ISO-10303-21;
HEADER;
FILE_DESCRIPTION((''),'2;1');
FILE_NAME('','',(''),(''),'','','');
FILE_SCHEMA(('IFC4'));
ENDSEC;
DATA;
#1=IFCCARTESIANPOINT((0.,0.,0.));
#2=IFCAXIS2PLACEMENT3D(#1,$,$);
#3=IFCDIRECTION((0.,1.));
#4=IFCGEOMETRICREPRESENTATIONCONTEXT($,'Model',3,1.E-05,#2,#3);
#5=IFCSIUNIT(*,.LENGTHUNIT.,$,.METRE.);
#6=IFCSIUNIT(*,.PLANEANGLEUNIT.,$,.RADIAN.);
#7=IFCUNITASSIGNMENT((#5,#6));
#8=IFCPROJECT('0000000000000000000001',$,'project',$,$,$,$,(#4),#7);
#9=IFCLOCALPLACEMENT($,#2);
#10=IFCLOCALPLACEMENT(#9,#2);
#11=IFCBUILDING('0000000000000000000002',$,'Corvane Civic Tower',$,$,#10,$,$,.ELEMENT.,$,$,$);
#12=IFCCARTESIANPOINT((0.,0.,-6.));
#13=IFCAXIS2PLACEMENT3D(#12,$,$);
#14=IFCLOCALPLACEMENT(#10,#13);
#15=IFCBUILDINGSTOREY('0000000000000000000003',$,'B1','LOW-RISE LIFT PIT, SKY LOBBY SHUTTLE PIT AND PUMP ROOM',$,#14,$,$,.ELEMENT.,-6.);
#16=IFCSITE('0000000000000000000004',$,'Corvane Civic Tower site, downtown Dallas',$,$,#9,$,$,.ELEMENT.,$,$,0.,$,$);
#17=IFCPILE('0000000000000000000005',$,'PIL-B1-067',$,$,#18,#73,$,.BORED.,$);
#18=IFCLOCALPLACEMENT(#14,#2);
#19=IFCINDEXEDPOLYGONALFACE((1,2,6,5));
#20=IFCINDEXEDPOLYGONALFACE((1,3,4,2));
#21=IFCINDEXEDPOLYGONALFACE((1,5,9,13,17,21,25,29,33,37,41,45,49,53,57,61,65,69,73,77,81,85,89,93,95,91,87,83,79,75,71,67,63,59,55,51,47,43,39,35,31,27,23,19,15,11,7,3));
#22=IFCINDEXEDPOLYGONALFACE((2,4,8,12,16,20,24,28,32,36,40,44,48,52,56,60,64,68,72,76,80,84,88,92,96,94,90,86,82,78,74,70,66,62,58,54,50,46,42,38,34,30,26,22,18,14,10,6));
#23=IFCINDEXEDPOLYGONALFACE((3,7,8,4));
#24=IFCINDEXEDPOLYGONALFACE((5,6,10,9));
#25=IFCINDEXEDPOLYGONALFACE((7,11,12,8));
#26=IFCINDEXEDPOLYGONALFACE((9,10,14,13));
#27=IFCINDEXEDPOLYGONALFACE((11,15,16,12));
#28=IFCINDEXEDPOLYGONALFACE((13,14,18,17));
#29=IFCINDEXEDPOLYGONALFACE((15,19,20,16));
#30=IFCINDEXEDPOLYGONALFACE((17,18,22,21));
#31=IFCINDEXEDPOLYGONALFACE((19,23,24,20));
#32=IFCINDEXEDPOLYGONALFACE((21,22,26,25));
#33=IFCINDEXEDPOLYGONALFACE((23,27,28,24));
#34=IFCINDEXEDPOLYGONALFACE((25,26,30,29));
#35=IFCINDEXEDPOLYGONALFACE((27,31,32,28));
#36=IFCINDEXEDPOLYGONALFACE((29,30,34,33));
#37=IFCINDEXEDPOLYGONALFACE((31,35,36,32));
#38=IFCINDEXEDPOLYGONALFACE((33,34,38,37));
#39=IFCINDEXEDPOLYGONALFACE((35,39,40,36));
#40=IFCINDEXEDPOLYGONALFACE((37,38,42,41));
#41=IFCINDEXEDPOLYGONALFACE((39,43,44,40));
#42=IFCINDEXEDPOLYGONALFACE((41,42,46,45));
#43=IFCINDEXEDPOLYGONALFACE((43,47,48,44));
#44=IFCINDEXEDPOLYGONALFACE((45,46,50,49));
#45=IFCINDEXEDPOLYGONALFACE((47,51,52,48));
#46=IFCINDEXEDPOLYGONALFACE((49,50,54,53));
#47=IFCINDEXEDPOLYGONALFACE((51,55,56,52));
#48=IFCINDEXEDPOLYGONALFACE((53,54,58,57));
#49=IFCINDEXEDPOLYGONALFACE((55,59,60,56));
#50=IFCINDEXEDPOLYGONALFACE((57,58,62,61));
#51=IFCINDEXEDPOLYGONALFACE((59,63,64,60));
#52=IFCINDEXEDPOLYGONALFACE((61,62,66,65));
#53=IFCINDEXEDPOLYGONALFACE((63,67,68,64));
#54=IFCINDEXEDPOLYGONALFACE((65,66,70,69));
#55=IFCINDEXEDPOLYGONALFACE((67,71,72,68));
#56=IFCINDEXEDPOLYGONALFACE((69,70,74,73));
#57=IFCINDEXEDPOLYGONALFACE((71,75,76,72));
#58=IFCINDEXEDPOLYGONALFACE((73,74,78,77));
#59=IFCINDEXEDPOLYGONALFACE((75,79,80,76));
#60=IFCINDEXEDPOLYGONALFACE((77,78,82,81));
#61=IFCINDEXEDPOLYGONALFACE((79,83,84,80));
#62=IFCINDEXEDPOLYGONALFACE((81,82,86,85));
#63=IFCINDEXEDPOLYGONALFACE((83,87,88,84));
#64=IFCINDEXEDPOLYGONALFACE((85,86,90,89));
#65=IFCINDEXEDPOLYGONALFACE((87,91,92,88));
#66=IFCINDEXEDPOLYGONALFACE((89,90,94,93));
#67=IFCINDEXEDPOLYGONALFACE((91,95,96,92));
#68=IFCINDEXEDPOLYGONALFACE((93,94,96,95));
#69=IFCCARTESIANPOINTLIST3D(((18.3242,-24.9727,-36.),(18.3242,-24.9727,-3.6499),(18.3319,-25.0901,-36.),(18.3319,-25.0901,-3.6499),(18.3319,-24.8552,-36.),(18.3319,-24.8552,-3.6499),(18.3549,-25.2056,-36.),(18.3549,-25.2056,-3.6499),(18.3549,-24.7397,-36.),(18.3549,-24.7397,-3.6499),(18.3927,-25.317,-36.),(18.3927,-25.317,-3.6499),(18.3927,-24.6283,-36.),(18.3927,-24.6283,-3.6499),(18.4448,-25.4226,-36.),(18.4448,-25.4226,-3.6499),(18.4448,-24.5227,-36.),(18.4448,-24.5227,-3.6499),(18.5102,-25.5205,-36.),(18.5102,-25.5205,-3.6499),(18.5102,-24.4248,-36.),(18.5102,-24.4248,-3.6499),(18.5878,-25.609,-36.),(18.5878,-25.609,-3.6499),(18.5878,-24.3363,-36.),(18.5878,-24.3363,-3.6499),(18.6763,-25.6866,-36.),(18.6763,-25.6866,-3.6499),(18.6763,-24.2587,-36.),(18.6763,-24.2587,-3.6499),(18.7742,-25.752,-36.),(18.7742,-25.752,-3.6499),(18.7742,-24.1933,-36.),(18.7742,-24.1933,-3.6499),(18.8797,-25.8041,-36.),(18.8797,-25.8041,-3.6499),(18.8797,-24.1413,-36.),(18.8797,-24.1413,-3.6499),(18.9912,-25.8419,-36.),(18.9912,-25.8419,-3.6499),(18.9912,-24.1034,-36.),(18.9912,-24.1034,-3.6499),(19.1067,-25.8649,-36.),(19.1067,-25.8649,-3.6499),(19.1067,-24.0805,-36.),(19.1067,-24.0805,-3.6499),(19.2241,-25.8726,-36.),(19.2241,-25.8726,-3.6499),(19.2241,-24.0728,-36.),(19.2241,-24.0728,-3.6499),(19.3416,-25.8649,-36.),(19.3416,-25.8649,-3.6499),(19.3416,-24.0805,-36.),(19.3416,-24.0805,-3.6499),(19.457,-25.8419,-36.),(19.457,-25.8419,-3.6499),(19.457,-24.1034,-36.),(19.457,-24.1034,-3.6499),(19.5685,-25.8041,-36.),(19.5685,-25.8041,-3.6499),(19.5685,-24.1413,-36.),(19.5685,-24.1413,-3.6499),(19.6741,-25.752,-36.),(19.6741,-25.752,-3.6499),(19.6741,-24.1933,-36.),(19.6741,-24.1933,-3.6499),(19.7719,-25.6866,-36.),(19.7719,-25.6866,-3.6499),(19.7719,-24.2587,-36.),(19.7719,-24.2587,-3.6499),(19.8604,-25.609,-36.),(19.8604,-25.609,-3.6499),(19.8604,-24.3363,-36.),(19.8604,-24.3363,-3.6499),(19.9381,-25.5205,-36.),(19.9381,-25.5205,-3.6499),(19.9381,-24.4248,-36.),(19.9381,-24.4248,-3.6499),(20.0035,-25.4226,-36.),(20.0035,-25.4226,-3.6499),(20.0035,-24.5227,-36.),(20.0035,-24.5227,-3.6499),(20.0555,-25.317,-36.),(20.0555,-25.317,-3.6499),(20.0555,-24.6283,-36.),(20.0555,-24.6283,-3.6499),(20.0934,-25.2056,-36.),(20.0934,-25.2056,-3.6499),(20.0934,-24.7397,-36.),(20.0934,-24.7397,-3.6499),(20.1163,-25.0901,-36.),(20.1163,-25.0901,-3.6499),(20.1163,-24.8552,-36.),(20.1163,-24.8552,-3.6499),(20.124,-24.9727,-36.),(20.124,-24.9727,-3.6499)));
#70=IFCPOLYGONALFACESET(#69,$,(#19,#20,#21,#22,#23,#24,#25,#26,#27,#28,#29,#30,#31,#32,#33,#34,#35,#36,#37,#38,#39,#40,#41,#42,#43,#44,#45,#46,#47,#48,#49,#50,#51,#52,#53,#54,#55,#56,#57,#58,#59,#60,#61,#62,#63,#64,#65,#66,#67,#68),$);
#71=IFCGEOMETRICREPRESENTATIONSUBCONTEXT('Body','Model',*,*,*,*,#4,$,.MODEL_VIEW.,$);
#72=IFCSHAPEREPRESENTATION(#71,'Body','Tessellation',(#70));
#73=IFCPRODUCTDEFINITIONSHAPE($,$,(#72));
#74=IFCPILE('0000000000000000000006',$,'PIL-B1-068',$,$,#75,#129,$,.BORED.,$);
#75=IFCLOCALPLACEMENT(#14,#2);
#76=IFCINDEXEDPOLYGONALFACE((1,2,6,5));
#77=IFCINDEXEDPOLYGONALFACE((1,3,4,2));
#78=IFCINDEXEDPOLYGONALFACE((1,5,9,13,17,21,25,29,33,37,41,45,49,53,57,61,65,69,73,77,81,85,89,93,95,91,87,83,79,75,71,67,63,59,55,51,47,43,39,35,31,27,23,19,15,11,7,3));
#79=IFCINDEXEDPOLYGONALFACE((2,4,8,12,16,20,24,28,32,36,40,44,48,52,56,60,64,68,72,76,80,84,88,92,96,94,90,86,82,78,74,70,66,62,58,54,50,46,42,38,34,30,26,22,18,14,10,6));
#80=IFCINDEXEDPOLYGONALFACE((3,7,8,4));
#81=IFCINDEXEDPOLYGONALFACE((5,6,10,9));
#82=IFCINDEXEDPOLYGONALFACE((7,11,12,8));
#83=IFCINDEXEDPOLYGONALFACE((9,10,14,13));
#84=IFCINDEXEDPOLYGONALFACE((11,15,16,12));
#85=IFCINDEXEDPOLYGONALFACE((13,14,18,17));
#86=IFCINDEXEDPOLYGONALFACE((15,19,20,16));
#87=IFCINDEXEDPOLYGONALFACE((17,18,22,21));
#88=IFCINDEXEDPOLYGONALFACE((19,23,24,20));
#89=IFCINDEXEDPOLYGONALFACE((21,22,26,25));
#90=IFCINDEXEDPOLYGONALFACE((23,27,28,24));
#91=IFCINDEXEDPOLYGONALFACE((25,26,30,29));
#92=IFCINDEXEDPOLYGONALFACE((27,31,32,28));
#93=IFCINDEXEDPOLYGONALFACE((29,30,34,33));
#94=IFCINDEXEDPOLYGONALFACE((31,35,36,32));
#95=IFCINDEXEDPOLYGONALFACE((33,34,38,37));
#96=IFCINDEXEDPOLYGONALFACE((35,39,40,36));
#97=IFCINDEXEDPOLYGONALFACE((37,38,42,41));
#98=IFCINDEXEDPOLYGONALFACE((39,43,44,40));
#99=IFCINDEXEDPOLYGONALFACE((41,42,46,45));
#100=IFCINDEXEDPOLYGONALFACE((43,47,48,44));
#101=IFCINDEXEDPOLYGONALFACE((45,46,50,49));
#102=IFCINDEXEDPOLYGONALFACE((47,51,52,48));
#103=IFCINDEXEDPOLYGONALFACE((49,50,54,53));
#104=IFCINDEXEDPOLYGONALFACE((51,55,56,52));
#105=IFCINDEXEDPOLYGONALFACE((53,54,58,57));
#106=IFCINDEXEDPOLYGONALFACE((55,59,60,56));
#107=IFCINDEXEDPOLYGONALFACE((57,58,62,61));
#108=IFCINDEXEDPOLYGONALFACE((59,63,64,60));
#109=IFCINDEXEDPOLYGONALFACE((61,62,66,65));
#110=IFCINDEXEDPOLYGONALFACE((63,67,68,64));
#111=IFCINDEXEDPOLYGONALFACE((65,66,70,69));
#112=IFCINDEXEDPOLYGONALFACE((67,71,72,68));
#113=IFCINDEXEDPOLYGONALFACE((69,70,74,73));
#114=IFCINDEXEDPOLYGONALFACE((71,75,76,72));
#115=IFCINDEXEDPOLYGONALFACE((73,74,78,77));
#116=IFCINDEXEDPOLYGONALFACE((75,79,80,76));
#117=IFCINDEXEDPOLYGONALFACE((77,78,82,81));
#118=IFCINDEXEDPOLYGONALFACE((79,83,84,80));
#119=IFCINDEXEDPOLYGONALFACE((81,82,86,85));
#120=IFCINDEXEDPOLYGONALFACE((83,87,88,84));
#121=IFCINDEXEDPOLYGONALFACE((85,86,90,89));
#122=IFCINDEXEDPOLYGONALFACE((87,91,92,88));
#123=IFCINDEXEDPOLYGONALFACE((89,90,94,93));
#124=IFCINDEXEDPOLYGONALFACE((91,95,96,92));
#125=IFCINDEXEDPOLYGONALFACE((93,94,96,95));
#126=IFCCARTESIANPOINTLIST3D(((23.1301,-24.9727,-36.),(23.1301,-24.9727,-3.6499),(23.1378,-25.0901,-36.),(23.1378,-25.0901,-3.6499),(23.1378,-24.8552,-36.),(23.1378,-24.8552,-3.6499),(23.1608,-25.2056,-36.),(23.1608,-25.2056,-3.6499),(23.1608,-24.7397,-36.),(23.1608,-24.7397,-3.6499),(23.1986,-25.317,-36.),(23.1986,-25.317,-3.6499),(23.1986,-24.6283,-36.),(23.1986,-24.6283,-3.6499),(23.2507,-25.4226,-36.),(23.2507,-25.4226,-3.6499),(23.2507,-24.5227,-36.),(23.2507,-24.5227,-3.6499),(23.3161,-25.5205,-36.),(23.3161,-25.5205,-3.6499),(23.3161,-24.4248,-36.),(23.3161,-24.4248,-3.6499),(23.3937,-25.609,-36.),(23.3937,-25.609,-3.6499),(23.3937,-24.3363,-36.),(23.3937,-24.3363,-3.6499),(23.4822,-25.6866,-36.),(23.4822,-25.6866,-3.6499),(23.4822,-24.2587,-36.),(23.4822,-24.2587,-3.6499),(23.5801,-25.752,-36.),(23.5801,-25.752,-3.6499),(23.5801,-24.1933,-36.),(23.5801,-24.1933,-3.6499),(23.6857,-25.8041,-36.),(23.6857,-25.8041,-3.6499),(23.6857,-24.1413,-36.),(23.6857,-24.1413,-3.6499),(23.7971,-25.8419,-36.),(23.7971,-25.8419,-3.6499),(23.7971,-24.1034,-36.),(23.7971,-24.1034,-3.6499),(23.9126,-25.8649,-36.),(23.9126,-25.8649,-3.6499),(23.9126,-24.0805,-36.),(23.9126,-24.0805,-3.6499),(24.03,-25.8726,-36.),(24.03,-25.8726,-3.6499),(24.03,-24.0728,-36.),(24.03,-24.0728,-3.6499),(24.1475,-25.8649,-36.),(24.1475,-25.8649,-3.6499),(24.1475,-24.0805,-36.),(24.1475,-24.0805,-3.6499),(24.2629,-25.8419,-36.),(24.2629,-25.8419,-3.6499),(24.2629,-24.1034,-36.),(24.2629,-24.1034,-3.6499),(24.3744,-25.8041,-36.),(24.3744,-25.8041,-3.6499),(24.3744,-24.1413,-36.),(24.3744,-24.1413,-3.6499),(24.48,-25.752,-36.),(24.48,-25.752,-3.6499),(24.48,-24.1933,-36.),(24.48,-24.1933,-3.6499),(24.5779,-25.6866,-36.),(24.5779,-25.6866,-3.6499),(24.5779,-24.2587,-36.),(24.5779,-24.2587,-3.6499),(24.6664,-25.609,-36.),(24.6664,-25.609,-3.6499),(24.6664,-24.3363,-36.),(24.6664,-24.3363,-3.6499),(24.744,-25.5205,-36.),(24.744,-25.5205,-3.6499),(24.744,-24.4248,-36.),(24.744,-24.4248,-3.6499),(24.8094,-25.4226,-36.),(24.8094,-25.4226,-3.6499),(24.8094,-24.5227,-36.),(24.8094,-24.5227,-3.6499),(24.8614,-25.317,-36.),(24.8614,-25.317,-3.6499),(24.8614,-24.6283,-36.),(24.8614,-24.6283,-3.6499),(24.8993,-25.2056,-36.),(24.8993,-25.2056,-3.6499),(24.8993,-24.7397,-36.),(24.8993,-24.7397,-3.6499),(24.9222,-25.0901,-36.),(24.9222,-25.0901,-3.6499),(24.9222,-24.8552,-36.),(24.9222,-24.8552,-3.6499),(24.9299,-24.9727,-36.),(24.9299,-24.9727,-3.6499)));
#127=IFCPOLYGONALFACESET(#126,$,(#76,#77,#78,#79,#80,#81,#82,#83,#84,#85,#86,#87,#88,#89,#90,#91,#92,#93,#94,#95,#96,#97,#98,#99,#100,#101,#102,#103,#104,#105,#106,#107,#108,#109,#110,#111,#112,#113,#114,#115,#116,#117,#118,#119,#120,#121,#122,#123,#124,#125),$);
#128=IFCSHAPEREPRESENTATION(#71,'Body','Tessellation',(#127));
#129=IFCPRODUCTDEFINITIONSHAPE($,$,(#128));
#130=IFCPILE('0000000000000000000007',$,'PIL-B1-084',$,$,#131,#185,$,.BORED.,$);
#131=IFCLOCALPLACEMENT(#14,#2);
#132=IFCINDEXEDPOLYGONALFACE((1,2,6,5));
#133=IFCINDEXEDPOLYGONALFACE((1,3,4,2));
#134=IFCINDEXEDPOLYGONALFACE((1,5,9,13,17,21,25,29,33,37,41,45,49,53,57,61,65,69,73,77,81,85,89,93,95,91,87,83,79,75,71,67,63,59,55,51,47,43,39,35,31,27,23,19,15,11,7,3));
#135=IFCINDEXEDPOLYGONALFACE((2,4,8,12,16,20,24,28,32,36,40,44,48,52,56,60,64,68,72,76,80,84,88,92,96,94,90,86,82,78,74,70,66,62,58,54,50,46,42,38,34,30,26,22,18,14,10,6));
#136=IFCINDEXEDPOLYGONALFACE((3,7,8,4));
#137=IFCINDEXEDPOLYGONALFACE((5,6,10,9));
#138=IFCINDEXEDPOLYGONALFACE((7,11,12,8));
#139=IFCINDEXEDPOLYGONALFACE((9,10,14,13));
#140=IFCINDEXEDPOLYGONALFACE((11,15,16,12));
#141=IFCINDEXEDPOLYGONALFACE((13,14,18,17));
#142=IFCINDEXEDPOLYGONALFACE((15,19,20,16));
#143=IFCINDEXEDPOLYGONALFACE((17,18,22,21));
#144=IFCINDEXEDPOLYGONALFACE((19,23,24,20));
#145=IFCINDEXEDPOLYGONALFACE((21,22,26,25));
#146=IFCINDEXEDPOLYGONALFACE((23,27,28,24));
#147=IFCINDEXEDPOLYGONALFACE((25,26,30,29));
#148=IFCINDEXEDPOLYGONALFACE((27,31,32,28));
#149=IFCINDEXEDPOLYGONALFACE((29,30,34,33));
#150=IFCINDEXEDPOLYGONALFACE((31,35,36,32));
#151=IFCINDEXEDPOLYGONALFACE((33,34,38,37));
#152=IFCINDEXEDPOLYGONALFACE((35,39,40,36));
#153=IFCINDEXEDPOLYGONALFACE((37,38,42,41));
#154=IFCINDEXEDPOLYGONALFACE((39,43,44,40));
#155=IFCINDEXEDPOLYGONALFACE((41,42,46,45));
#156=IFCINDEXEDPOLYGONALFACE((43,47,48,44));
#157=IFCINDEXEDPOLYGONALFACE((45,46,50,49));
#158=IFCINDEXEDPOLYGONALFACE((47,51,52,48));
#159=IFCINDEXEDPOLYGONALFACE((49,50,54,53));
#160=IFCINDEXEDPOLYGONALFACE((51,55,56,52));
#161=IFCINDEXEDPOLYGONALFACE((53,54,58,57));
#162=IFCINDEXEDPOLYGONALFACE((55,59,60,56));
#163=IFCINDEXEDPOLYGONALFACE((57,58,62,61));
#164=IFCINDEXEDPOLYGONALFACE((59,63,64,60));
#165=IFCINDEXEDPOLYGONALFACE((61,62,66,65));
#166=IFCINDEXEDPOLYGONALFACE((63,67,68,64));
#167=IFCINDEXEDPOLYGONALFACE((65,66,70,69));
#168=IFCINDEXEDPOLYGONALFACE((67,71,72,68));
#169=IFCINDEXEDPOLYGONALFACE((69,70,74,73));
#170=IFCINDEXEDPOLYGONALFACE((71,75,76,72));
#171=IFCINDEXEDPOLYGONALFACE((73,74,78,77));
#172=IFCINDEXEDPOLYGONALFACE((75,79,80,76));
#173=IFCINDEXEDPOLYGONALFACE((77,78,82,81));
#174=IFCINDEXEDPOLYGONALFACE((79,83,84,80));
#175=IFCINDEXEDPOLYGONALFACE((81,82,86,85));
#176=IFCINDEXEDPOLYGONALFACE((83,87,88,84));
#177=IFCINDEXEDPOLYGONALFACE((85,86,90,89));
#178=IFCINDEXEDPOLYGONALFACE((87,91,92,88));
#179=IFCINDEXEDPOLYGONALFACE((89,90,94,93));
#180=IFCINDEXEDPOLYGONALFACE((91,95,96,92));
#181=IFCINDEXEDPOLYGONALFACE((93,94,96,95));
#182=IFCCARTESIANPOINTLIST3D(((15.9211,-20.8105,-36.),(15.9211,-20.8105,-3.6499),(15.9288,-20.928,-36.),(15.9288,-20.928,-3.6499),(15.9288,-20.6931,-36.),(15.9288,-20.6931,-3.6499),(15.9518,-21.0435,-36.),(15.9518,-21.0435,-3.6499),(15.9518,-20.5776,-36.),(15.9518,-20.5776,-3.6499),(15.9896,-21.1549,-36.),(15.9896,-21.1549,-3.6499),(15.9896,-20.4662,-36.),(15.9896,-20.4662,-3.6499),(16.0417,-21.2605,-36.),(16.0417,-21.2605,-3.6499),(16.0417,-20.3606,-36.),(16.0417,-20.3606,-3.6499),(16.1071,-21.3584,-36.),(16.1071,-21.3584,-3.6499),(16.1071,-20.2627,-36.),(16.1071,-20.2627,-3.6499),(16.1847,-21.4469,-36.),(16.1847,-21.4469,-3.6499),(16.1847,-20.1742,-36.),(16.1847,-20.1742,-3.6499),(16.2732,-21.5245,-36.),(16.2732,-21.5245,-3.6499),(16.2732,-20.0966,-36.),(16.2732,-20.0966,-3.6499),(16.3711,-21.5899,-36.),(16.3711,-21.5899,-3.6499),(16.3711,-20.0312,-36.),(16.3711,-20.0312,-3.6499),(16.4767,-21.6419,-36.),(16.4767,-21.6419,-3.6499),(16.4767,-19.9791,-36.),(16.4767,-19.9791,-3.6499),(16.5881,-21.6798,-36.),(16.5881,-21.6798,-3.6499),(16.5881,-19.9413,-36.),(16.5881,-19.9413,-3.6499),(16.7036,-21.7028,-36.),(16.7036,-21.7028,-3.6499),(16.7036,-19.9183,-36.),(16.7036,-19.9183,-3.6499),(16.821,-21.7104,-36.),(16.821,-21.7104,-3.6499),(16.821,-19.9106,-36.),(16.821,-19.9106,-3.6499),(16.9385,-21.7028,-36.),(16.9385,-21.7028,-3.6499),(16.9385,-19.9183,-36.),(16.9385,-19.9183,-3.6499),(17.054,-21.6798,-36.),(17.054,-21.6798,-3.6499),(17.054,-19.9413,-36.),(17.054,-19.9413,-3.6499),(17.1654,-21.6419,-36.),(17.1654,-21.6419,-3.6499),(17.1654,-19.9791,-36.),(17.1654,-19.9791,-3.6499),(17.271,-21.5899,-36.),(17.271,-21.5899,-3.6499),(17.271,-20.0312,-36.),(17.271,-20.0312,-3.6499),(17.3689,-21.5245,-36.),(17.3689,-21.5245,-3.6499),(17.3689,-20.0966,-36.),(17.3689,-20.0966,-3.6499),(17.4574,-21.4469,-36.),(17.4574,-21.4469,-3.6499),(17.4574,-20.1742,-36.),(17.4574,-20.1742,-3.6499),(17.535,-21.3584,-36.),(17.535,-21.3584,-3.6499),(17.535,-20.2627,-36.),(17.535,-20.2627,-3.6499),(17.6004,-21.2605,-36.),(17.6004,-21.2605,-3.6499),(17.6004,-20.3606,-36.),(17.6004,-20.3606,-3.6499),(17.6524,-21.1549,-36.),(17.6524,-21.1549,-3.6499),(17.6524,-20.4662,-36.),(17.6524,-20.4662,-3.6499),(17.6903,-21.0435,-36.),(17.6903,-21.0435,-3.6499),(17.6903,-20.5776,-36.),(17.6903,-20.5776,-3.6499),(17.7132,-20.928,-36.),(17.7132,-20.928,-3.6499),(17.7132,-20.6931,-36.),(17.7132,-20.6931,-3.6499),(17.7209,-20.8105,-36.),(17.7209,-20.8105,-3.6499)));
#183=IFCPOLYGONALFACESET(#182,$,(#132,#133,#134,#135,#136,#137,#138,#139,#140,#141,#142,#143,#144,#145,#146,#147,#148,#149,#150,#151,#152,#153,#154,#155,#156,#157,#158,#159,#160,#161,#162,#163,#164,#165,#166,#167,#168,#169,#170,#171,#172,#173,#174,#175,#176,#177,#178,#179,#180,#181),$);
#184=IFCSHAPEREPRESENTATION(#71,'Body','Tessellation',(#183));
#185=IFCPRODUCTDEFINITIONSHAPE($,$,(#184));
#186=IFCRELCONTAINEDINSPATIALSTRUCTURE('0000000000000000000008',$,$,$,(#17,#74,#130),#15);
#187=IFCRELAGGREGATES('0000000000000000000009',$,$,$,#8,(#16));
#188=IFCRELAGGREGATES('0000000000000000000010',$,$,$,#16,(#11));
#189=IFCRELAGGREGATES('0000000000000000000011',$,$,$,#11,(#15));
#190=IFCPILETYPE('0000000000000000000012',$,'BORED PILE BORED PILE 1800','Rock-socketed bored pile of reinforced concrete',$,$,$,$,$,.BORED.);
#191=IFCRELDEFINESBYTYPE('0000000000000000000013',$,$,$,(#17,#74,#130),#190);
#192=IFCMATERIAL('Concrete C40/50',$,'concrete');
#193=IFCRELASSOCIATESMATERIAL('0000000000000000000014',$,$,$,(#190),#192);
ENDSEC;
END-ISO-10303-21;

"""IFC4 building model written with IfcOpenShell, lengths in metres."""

from ifc_helpers import new_model, si_unit, direction, frame, origin, origin_2d, place, context, subcontext, project, spatial, circle, extrude, material, material_profile, profile_set, type_object, element, save


model = new_model("IFC4")

# Units and contexts
model_context = context("Model", 3, precision=1e-05, world=origin(), true_north=direction((0.0, 1.0)))
body_context = subcontext(model_context, "Body", "Model", "MODEL_VIEW")
ifc_project = project(units=[si_unit("LENGTHUNIT", "METRE"), si_unit("PLANEANGLEUNIT", "RADIAN")], contexts=[model_context])

# Site, building, storey
site_placement = place(None, origin())
site = spatial("IfcSite", under=ifc_project, at=site_placement, Name="Corvane Civic Tower site, downtown Dallas", CompositionType="ELEMENT", RefElevation=0.0)
building_placement = place(site_placement, origin())
building = spatial("IfcBuilding", under=site, at=building_placement, Name="Corvane Civic Tower", CompositionType="ELEMENT")
storey_placement = place(building_placement, frame((0.0, 0.0, -6.0)))
storey = spatial("IfcBuildingStorey", under=building, at=storey_placement, Name="B1", Description="LOW-RISE LIFT PIT, SKY LOBBY SHUTTLE PIT AND PUMP ROOM", CompositionType="ELEMENT", Elevation=-6.0)

# Piles
ifc_material_1 = material(Name="Concrete C40/50", Category="concrete")
ifc_material_profile_1 = material_profile(ifc_material_1, circle(Radius=0.8999, at=origin_2d()), Name="BORED PILE 1800")
ifc_profile_set_1 = profile_set([ifc_material_profile_1], Name="Concrete C40/50")
pile_type_1 = type_object("IfcPileType", Name="BORED PILE BORED PILE 1800", Description="Rock-socketed bored pile of reinforced concrete", PredefinedType="BORED", material=ifc_profile_set_1)
for number, where, z_axis, x_axis, name in (
    (1, (19.2241, -24.9727, -3.6499), (0.0, 0.0, -1.0), (1.0, 0.0, 0.0), "PIL-B1-067"),
    (2, (24.03, -24.9727, -3.6499), (0.0, 0.0, -1.0), (1.0, 0.0, 0.0), "PIL-B1-068"),
    (3, (16.821, -20.8105, -3.6499), (0.0, 0.0, -1.0), (1.0, 0.0, 0.0), "PIL-B1-084"),
):
    element("IfcPile", number, at=place(storey_placement, frame(where, z_axis=z_axis, x_axis=x_axis)), inside=storey, type_object=pile_type_1, Name=name, PredefinedType="BORED", context=body_context, shape_type="SweptSolid", body=[
        extrude(circle(Radius=0.8999, at=origin_2d()), origin(), (0.0, 0.0, 1.0), 32.3501),
    ])

save(model, "model.ifc")
